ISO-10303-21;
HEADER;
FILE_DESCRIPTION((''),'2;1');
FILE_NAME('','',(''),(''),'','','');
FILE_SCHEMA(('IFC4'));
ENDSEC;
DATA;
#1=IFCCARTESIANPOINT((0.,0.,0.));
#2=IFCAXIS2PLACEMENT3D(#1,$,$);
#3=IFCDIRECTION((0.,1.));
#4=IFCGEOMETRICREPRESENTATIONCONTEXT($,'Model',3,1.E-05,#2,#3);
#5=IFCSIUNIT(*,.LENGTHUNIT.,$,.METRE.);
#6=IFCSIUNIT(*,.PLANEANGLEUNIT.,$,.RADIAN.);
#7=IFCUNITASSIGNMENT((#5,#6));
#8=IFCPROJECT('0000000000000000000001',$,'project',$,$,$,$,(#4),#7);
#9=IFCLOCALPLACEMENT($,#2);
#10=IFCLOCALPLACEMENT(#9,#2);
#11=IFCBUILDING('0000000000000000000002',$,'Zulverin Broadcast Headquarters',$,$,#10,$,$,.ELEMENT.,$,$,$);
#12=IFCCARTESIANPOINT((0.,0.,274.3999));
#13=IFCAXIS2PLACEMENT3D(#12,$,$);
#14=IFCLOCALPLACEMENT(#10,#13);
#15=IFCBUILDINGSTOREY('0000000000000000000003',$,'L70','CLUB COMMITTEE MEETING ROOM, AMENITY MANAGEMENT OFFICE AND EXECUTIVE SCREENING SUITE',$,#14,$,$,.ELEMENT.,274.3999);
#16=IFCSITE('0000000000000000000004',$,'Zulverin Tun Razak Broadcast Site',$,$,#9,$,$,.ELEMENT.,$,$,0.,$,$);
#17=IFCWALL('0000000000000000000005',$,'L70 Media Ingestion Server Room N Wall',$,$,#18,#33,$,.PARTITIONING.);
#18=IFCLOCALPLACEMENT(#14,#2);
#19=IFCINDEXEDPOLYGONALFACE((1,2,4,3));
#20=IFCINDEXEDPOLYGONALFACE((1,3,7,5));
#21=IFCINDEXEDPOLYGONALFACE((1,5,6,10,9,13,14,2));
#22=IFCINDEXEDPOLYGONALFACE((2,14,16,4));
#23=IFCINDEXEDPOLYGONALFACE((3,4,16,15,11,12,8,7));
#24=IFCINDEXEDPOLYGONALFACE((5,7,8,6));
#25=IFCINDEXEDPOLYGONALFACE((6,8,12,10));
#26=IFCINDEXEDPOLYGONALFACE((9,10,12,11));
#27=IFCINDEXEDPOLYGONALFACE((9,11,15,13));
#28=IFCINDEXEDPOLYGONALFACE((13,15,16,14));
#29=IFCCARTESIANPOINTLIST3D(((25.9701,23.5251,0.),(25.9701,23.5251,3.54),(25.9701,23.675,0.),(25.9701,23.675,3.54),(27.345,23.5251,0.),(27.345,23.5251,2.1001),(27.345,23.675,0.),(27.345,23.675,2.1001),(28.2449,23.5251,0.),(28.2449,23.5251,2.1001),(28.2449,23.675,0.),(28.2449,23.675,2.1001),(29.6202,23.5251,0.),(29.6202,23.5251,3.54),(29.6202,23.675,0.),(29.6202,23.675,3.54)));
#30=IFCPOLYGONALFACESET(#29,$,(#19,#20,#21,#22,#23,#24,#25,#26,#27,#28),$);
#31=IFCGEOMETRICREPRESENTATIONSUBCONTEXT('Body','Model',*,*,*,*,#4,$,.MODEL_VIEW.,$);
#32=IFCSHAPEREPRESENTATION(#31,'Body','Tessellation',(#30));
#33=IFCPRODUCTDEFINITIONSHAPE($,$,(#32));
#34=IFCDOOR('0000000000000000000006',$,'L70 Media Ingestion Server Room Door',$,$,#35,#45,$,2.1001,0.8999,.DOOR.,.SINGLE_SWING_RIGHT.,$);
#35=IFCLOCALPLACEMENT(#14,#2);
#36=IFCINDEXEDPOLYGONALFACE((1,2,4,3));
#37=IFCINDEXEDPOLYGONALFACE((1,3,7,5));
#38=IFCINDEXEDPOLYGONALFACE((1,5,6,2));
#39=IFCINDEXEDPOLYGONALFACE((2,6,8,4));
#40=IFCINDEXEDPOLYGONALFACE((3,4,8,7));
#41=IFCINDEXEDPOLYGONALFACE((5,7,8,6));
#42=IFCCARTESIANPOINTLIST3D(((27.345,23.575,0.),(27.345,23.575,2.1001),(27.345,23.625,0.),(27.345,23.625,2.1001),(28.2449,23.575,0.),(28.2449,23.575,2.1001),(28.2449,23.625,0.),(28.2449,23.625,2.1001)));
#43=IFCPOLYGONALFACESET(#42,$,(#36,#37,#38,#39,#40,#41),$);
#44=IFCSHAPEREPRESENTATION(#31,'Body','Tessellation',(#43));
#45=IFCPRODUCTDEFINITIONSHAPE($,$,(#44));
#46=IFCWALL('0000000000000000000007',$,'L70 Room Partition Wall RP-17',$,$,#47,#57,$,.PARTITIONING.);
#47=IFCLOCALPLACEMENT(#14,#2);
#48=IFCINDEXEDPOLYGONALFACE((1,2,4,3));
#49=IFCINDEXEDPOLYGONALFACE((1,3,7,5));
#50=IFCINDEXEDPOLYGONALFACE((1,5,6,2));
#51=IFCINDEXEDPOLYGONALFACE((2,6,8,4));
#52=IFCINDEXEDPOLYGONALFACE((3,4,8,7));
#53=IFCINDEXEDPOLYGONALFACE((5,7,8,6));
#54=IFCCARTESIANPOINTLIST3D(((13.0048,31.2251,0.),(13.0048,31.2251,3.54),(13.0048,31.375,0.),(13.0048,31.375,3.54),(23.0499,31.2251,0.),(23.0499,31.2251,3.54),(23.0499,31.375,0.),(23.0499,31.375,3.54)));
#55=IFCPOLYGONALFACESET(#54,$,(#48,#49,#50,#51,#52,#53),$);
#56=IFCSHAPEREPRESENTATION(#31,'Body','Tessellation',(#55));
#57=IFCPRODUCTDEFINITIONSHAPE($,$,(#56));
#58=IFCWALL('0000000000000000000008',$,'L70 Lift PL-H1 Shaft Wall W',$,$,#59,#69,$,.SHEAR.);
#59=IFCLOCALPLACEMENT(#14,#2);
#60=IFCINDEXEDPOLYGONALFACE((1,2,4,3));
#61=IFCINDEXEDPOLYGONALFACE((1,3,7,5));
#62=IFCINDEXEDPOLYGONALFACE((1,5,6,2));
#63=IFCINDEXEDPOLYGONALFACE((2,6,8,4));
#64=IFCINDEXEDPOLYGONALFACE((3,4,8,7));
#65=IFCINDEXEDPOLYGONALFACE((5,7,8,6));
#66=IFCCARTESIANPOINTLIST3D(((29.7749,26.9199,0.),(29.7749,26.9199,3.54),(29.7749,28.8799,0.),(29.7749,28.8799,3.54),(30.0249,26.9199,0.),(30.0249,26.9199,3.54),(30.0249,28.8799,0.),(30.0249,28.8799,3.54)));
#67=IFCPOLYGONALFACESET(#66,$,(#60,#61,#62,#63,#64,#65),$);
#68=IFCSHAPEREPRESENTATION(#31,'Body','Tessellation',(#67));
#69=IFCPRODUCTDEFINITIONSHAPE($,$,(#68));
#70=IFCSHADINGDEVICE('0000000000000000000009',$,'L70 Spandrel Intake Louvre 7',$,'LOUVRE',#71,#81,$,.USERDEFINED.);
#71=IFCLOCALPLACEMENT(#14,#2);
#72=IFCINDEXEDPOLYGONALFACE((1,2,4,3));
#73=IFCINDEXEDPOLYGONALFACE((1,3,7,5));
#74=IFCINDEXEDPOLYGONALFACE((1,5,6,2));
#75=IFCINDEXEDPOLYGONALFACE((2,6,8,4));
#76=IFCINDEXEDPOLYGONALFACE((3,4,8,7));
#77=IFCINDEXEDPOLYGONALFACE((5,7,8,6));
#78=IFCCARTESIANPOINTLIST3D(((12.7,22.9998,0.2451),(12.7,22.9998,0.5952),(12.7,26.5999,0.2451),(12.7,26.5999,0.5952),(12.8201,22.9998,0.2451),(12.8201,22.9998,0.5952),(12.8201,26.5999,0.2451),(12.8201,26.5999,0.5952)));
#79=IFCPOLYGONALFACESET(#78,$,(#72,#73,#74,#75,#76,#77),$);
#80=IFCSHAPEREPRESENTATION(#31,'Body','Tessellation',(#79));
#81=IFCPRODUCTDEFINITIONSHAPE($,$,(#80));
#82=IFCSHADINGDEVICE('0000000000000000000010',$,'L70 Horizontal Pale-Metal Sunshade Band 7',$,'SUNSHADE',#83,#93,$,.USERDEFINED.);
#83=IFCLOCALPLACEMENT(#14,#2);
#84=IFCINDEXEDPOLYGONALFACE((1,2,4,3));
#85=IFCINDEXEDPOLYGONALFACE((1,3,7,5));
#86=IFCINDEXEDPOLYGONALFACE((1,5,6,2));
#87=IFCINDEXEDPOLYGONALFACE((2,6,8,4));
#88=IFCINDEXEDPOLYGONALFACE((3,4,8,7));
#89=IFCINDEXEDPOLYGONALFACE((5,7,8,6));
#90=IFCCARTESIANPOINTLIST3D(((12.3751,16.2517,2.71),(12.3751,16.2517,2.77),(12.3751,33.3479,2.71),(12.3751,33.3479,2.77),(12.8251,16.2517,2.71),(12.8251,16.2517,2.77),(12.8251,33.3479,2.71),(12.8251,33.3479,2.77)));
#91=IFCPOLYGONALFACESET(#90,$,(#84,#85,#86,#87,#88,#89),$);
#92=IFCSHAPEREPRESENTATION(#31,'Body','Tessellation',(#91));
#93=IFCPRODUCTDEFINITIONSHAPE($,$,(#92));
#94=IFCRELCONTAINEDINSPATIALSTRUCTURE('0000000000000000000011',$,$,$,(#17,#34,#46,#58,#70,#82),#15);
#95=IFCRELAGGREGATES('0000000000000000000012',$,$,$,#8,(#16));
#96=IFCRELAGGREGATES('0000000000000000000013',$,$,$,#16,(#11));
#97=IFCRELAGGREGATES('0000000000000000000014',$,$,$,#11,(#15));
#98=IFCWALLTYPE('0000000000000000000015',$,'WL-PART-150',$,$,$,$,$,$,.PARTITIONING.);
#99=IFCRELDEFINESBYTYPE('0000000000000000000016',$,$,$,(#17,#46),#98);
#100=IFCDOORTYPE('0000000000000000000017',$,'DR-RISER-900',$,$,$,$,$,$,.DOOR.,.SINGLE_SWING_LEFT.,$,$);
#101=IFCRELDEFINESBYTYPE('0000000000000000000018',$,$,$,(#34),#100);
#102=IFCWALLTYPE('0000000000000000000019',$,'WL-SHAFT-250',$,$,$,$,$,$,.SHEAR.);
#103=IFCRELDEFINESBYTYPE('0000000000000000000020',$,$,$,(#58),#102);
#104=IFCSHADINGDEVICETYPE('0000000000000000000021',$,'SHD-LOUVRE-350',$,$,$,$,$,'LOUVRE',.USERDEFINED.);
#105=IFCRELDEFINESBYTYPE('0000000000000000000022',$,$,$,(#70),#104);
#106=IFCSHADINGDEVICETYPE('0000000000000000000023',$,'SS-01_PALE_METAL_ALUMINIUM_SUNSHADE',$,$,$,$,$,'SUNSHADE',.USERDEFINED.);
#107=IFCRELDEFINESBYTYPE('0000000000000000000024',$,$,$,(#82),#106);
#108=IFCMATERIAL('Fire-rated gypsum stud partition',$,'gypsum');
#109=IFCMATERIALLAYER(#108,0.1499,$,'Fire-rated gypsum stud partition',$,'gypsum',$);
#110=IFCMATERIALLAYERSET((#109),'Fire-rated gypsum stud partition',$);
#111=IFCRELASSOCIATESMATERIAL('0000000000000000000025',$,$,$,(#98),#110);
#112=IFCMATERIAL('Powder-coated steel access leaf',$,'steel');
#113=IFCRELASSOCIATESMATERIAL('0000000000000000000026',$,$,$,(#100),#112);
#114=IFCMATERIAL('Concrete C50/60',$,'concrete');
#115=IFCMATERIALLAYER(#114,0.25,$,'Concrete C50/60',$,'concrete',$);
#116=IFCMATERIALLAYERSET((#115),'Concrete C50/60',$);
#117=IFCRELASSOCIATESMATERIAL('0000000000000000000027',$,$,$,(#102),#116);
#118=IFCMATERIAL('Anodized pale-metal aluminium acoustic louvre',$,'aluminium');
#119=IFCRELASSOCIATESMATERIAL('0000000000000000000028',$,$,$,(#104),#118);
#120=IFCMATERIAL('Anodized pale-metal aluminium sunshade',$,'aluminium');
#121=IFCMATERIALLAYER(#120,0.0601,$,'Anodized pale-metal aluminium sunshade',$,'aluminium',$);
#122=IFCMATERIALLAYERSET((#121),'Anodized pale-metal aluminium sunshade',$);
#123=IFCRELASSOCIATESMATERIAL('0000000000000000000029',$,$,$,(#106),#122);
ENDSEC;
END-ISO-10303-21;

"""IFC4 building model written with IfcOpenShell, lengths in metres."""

from ifc_helpers import new_model, si_unit, direction, frame, frame_2d, origin, origin_2d, place, context, subcontext, project, spatial, rectangle, extrude, material, layer, layer_set, type_object, element, fill, save


model = new_model("IFC4")

# Units and contexts
model_context = context("Model", 3, precision=1e-05, world=origin(), true_north=direction((0.0, 1.0)))
body_context = subcontext(model_context, "Body", "Model", "MODEL_VIEW")
ifc_project = project(units=[si_unit("LENGTHUNIT", "METRE"), si_unit("PLANEANGLEUNIT", "RADIAN")], contexts=[model_context])

# Site, building, storey
site_placement = place(None, origin())
site = spatial("IfcSite", under=ifc_project, at=site_placement, Name="Zulverin Tun Razak Broadcast Site", CompositionType="ELEMENT", RefElevation=0.0)
building_placement = place(site_placement, origin())
building = spatial("IfcBuilding", under=site, at=building_placement, Name="Zulverin Broadcast Headquarters", CompositionType="ELEMENT")
storey_placement = place(building_placement, frame((0.0, 0.0, 274.3999)))
storey = spatial("IfcBuildingStorey", under=building, at=storey_placement, Name="L70", Description="CLUB COMMITTEE MEETING ROOM, AMENITY MANAGEMENT OFFICE AND EXECUTIVE SCREENING SUITE", CompositionType="ELEMENT", Elevation=274.3999)

# Shared definitions
ifc_material_1 = material(Name="Concrete C50/60", Category="concrete")

# Shared definitions
ifc_material_2 = material(Name="Fire-rated gypsum stud partition", Category="gypsum")
ifc_layer_1 = layer(ifc_material_2, 0.1499, Name="Fire-rated gypsum stud partition", Category="gypsum")
ifc_layer_set_1 = layer_set([ifc_layer_1], Name="Fire-rated gypsum stud partition")
wall_type_1 = type_object("IfcWallType", Name="WL-PART-150", PredefinedType="PARTITIONING", material=ifc_layer_set_1)

# Shared definitions
ifc_material_3 = material(Name="Powder-coated steel access leaf", Category="steel")
door_type_1 = type_object("IfcDoorType", Name="DR-RISER-900", OperationType="SINGLE_SWING_LEFT", PredefinedType="DOOR", material=ifc_material_3)

# Wall, opening, door
wall_1_placement = place(storey_placement, frame((25.97, 23.6001, 0.0), z_axis=(0.0, 0.0, 1.0), x_axis=(1.0, 0.0, 0.0)))
wall_1 = element("IfcWall", 1, at=wall_1_placement, inside=storey, type_object=wall_type_1, Name="L70 Media Ingestion Server Room N Wall", PredefinedType="PARTITIONING", context=body_context, shape_type="SweptSolid", body=[
    extrude(rectangle(XDim=3.6501, YDim=0.1499, at=frame_2d((1.8252, 0.0))), origin(), (0.0, 0.0, 1.0), 3.54),
])
opening_1_placement = place(wall_1_placement, frame((1.375, 0.0, 0.0)))
opening_1 = element("IfcOpeningElement", 2, at=opening_1_placement, cuts=wall_1, PredefinedType="OPENING", context=body_context, shape_type="SweptSolid", body=[
    extrude(rectangle(XDim=0.8999, YDim=2.1001, at=frame_2d((0.45, 1.05))), frame((0.0, 0.085, 0.0), z_axis=(0.0, -1.0, 0.0), x_axis=(1.0, 0.0, 0.0)), (0.0, 0.0, 1.0), 0.1699),
])
door_1_placement = place(opening_1_placement, origin())
door_1 = element("IfcDoor", 3, at=door_1_placement, inside=storey, type_object=door_type_1, Name="L70 Media Ingestion Server Room Door", OperationType="SINGLE_SWING_RIGHT", OverallHeight=2.1001, OverallWidth=0.8999, PredefinedType="DOOR", context=body_context, shape_type="SweptSolid", body=[
    extrude(rectangle(XDim=0.8999, YDim=2.1001, at=frame_2d((0.45, 1.05))), frame((0.0, 0.0249, 0.0), z_axis=(0.0, -1.0, 0.0), x_axis=(1.0, 0.0, 0.0)), (0.0, 0.0, 1.0), 0.05),
])
fill(opening_1, door_1)

# Wall
wall_2_placement = place(storey_placement, frame((13.0049, 31.3, 0.0), z_axis=(0.0, 0.0, 1.0), x_axis=(1.0, 0.0, 0.0)))
element("IfcWall", 4, at=wall_2_placement, inside=storey, type_object=wall_type_1, Name="L70 Room Partition Wall RP-17", PredefinedType="PARTITIONING", context=body_context, shape_type="SweptSolid", body=[
    extrude(rectangle(XDim=10.0452, YDim=0.1499, at=frame_2d((5.0225, 0.0))), origin(), (0.0, 0.0, 1.0), 3.54),
])

# Shared definitions
ifc_layer_2 = layer(ifc_material_1, 0.25, Name="Concrete C50/60", Category="concrete")
ifc_layer_set_2 = layer_set([ifc_layer_2], Name="Concrete C50/60")
wall_type_2 = type_object("IfcWallType", Name="WL-SHAFT-250", PredefinedType="SHEAR", material=ifc_layer_set_2)

# Wall
wall_3_placement = place(storey_placement, frame((29.8999, 26.9199, 0.0), z_axis=(0.0, 0.0, 1.0), x_axis=(0.0, 1.0, 0.0)))
element("IfcWall", 5, at=wall_3_placement, inside=storey, type_object=wall_type_2, Name="L70 Lift PL-H1 Shaft Wall W", PredefinedType="SHEAR", context=body_context, shape_type="SweptSolid", body=[
    extrude(rectangle(XDim=1.96, YDim=0.25, at=frame_2d((0.98, 0.0))), origin(), (0.0, 0.0, 1.0), 3.54),
])

# Shading devices
ifc_material_4 = material(Name="Anodized pale-metal aluminium acoustic louvre", Category="aluminium")
shading_device_type_1 = type_object("IfcShadingDeviceType", Name="SHD-LOUVRE-350", ElementType="LOUVRE", PredefinedType="USERDEFINED", material=ifc_material_4)
shading_device_1_placement = place(storey_placement, frame((12.76, 24.7998, 0.2451), z_axis=(0.0, 0.0, 1.0), x_axis=(0.0, -1.0, 0.0)))
element("IfcShadingDevice", 6, at=shading_device_1_placement, inside=storey, type_object=shading_device_type_1, Name="L70 Spandrel Intake Louvre 7", ObjectType="LOUVRE", PredefinedType="USERDEFINED", context=body_context, shape_type="SweptSolid", body=[
    extrude(rectangle(XDim=3.6001, YDim=0.1201, at=origin_2d()), origin(), (0.0, 0.0, 1.0), 0.3501),
])
ifc_material_5 = material(Name="Anodized pale-metal aluminium sunshade", Category="aluminium")
ifc_layer_3 = layer(ifc_material_5, 0.0601, Name="Anodized pale-metal aluminium sunshade", Category="aluminium")
ifc_layer_set_3 = layer_set([ifc_layer_3], Name="Anodized pale-metal aluminium sunshade")
shading_device_type_2 = type_object("IfcShadingDeviceType", Name="SS-01_PALE_METAL_ALUMINIUM_SUNSHADE", ElementType="SUNSHADE", PredefinedType="USERDEFINED", material=ifc_layer_set_3)
shading_device_2_placement = place(storey_placement, frame((12.6001, 24.7998, 2.71), z_axis=(0.0, 0.0, 1.0), x_axis=(0.0, -1.0, 0.0)))
element("IfcShadingDevice", 7, at=shading_device_2_placement, inside=storey, type_object=shading_device_type_2, Name="L70 Horizontal Pale-Metal Sunshade Band 7", ObjectType="SUNSHADE", PredefinedType="USERDEFINED", context=body_context, shape_type="SweptSolid", body=[
    extrude(rectangle(XDim=17.0962, YDim=0.45, at=origin_2d()), origin(), (0.0, 0.0, 1.0), 0.0601),
])

save(model, "model.ifc")
